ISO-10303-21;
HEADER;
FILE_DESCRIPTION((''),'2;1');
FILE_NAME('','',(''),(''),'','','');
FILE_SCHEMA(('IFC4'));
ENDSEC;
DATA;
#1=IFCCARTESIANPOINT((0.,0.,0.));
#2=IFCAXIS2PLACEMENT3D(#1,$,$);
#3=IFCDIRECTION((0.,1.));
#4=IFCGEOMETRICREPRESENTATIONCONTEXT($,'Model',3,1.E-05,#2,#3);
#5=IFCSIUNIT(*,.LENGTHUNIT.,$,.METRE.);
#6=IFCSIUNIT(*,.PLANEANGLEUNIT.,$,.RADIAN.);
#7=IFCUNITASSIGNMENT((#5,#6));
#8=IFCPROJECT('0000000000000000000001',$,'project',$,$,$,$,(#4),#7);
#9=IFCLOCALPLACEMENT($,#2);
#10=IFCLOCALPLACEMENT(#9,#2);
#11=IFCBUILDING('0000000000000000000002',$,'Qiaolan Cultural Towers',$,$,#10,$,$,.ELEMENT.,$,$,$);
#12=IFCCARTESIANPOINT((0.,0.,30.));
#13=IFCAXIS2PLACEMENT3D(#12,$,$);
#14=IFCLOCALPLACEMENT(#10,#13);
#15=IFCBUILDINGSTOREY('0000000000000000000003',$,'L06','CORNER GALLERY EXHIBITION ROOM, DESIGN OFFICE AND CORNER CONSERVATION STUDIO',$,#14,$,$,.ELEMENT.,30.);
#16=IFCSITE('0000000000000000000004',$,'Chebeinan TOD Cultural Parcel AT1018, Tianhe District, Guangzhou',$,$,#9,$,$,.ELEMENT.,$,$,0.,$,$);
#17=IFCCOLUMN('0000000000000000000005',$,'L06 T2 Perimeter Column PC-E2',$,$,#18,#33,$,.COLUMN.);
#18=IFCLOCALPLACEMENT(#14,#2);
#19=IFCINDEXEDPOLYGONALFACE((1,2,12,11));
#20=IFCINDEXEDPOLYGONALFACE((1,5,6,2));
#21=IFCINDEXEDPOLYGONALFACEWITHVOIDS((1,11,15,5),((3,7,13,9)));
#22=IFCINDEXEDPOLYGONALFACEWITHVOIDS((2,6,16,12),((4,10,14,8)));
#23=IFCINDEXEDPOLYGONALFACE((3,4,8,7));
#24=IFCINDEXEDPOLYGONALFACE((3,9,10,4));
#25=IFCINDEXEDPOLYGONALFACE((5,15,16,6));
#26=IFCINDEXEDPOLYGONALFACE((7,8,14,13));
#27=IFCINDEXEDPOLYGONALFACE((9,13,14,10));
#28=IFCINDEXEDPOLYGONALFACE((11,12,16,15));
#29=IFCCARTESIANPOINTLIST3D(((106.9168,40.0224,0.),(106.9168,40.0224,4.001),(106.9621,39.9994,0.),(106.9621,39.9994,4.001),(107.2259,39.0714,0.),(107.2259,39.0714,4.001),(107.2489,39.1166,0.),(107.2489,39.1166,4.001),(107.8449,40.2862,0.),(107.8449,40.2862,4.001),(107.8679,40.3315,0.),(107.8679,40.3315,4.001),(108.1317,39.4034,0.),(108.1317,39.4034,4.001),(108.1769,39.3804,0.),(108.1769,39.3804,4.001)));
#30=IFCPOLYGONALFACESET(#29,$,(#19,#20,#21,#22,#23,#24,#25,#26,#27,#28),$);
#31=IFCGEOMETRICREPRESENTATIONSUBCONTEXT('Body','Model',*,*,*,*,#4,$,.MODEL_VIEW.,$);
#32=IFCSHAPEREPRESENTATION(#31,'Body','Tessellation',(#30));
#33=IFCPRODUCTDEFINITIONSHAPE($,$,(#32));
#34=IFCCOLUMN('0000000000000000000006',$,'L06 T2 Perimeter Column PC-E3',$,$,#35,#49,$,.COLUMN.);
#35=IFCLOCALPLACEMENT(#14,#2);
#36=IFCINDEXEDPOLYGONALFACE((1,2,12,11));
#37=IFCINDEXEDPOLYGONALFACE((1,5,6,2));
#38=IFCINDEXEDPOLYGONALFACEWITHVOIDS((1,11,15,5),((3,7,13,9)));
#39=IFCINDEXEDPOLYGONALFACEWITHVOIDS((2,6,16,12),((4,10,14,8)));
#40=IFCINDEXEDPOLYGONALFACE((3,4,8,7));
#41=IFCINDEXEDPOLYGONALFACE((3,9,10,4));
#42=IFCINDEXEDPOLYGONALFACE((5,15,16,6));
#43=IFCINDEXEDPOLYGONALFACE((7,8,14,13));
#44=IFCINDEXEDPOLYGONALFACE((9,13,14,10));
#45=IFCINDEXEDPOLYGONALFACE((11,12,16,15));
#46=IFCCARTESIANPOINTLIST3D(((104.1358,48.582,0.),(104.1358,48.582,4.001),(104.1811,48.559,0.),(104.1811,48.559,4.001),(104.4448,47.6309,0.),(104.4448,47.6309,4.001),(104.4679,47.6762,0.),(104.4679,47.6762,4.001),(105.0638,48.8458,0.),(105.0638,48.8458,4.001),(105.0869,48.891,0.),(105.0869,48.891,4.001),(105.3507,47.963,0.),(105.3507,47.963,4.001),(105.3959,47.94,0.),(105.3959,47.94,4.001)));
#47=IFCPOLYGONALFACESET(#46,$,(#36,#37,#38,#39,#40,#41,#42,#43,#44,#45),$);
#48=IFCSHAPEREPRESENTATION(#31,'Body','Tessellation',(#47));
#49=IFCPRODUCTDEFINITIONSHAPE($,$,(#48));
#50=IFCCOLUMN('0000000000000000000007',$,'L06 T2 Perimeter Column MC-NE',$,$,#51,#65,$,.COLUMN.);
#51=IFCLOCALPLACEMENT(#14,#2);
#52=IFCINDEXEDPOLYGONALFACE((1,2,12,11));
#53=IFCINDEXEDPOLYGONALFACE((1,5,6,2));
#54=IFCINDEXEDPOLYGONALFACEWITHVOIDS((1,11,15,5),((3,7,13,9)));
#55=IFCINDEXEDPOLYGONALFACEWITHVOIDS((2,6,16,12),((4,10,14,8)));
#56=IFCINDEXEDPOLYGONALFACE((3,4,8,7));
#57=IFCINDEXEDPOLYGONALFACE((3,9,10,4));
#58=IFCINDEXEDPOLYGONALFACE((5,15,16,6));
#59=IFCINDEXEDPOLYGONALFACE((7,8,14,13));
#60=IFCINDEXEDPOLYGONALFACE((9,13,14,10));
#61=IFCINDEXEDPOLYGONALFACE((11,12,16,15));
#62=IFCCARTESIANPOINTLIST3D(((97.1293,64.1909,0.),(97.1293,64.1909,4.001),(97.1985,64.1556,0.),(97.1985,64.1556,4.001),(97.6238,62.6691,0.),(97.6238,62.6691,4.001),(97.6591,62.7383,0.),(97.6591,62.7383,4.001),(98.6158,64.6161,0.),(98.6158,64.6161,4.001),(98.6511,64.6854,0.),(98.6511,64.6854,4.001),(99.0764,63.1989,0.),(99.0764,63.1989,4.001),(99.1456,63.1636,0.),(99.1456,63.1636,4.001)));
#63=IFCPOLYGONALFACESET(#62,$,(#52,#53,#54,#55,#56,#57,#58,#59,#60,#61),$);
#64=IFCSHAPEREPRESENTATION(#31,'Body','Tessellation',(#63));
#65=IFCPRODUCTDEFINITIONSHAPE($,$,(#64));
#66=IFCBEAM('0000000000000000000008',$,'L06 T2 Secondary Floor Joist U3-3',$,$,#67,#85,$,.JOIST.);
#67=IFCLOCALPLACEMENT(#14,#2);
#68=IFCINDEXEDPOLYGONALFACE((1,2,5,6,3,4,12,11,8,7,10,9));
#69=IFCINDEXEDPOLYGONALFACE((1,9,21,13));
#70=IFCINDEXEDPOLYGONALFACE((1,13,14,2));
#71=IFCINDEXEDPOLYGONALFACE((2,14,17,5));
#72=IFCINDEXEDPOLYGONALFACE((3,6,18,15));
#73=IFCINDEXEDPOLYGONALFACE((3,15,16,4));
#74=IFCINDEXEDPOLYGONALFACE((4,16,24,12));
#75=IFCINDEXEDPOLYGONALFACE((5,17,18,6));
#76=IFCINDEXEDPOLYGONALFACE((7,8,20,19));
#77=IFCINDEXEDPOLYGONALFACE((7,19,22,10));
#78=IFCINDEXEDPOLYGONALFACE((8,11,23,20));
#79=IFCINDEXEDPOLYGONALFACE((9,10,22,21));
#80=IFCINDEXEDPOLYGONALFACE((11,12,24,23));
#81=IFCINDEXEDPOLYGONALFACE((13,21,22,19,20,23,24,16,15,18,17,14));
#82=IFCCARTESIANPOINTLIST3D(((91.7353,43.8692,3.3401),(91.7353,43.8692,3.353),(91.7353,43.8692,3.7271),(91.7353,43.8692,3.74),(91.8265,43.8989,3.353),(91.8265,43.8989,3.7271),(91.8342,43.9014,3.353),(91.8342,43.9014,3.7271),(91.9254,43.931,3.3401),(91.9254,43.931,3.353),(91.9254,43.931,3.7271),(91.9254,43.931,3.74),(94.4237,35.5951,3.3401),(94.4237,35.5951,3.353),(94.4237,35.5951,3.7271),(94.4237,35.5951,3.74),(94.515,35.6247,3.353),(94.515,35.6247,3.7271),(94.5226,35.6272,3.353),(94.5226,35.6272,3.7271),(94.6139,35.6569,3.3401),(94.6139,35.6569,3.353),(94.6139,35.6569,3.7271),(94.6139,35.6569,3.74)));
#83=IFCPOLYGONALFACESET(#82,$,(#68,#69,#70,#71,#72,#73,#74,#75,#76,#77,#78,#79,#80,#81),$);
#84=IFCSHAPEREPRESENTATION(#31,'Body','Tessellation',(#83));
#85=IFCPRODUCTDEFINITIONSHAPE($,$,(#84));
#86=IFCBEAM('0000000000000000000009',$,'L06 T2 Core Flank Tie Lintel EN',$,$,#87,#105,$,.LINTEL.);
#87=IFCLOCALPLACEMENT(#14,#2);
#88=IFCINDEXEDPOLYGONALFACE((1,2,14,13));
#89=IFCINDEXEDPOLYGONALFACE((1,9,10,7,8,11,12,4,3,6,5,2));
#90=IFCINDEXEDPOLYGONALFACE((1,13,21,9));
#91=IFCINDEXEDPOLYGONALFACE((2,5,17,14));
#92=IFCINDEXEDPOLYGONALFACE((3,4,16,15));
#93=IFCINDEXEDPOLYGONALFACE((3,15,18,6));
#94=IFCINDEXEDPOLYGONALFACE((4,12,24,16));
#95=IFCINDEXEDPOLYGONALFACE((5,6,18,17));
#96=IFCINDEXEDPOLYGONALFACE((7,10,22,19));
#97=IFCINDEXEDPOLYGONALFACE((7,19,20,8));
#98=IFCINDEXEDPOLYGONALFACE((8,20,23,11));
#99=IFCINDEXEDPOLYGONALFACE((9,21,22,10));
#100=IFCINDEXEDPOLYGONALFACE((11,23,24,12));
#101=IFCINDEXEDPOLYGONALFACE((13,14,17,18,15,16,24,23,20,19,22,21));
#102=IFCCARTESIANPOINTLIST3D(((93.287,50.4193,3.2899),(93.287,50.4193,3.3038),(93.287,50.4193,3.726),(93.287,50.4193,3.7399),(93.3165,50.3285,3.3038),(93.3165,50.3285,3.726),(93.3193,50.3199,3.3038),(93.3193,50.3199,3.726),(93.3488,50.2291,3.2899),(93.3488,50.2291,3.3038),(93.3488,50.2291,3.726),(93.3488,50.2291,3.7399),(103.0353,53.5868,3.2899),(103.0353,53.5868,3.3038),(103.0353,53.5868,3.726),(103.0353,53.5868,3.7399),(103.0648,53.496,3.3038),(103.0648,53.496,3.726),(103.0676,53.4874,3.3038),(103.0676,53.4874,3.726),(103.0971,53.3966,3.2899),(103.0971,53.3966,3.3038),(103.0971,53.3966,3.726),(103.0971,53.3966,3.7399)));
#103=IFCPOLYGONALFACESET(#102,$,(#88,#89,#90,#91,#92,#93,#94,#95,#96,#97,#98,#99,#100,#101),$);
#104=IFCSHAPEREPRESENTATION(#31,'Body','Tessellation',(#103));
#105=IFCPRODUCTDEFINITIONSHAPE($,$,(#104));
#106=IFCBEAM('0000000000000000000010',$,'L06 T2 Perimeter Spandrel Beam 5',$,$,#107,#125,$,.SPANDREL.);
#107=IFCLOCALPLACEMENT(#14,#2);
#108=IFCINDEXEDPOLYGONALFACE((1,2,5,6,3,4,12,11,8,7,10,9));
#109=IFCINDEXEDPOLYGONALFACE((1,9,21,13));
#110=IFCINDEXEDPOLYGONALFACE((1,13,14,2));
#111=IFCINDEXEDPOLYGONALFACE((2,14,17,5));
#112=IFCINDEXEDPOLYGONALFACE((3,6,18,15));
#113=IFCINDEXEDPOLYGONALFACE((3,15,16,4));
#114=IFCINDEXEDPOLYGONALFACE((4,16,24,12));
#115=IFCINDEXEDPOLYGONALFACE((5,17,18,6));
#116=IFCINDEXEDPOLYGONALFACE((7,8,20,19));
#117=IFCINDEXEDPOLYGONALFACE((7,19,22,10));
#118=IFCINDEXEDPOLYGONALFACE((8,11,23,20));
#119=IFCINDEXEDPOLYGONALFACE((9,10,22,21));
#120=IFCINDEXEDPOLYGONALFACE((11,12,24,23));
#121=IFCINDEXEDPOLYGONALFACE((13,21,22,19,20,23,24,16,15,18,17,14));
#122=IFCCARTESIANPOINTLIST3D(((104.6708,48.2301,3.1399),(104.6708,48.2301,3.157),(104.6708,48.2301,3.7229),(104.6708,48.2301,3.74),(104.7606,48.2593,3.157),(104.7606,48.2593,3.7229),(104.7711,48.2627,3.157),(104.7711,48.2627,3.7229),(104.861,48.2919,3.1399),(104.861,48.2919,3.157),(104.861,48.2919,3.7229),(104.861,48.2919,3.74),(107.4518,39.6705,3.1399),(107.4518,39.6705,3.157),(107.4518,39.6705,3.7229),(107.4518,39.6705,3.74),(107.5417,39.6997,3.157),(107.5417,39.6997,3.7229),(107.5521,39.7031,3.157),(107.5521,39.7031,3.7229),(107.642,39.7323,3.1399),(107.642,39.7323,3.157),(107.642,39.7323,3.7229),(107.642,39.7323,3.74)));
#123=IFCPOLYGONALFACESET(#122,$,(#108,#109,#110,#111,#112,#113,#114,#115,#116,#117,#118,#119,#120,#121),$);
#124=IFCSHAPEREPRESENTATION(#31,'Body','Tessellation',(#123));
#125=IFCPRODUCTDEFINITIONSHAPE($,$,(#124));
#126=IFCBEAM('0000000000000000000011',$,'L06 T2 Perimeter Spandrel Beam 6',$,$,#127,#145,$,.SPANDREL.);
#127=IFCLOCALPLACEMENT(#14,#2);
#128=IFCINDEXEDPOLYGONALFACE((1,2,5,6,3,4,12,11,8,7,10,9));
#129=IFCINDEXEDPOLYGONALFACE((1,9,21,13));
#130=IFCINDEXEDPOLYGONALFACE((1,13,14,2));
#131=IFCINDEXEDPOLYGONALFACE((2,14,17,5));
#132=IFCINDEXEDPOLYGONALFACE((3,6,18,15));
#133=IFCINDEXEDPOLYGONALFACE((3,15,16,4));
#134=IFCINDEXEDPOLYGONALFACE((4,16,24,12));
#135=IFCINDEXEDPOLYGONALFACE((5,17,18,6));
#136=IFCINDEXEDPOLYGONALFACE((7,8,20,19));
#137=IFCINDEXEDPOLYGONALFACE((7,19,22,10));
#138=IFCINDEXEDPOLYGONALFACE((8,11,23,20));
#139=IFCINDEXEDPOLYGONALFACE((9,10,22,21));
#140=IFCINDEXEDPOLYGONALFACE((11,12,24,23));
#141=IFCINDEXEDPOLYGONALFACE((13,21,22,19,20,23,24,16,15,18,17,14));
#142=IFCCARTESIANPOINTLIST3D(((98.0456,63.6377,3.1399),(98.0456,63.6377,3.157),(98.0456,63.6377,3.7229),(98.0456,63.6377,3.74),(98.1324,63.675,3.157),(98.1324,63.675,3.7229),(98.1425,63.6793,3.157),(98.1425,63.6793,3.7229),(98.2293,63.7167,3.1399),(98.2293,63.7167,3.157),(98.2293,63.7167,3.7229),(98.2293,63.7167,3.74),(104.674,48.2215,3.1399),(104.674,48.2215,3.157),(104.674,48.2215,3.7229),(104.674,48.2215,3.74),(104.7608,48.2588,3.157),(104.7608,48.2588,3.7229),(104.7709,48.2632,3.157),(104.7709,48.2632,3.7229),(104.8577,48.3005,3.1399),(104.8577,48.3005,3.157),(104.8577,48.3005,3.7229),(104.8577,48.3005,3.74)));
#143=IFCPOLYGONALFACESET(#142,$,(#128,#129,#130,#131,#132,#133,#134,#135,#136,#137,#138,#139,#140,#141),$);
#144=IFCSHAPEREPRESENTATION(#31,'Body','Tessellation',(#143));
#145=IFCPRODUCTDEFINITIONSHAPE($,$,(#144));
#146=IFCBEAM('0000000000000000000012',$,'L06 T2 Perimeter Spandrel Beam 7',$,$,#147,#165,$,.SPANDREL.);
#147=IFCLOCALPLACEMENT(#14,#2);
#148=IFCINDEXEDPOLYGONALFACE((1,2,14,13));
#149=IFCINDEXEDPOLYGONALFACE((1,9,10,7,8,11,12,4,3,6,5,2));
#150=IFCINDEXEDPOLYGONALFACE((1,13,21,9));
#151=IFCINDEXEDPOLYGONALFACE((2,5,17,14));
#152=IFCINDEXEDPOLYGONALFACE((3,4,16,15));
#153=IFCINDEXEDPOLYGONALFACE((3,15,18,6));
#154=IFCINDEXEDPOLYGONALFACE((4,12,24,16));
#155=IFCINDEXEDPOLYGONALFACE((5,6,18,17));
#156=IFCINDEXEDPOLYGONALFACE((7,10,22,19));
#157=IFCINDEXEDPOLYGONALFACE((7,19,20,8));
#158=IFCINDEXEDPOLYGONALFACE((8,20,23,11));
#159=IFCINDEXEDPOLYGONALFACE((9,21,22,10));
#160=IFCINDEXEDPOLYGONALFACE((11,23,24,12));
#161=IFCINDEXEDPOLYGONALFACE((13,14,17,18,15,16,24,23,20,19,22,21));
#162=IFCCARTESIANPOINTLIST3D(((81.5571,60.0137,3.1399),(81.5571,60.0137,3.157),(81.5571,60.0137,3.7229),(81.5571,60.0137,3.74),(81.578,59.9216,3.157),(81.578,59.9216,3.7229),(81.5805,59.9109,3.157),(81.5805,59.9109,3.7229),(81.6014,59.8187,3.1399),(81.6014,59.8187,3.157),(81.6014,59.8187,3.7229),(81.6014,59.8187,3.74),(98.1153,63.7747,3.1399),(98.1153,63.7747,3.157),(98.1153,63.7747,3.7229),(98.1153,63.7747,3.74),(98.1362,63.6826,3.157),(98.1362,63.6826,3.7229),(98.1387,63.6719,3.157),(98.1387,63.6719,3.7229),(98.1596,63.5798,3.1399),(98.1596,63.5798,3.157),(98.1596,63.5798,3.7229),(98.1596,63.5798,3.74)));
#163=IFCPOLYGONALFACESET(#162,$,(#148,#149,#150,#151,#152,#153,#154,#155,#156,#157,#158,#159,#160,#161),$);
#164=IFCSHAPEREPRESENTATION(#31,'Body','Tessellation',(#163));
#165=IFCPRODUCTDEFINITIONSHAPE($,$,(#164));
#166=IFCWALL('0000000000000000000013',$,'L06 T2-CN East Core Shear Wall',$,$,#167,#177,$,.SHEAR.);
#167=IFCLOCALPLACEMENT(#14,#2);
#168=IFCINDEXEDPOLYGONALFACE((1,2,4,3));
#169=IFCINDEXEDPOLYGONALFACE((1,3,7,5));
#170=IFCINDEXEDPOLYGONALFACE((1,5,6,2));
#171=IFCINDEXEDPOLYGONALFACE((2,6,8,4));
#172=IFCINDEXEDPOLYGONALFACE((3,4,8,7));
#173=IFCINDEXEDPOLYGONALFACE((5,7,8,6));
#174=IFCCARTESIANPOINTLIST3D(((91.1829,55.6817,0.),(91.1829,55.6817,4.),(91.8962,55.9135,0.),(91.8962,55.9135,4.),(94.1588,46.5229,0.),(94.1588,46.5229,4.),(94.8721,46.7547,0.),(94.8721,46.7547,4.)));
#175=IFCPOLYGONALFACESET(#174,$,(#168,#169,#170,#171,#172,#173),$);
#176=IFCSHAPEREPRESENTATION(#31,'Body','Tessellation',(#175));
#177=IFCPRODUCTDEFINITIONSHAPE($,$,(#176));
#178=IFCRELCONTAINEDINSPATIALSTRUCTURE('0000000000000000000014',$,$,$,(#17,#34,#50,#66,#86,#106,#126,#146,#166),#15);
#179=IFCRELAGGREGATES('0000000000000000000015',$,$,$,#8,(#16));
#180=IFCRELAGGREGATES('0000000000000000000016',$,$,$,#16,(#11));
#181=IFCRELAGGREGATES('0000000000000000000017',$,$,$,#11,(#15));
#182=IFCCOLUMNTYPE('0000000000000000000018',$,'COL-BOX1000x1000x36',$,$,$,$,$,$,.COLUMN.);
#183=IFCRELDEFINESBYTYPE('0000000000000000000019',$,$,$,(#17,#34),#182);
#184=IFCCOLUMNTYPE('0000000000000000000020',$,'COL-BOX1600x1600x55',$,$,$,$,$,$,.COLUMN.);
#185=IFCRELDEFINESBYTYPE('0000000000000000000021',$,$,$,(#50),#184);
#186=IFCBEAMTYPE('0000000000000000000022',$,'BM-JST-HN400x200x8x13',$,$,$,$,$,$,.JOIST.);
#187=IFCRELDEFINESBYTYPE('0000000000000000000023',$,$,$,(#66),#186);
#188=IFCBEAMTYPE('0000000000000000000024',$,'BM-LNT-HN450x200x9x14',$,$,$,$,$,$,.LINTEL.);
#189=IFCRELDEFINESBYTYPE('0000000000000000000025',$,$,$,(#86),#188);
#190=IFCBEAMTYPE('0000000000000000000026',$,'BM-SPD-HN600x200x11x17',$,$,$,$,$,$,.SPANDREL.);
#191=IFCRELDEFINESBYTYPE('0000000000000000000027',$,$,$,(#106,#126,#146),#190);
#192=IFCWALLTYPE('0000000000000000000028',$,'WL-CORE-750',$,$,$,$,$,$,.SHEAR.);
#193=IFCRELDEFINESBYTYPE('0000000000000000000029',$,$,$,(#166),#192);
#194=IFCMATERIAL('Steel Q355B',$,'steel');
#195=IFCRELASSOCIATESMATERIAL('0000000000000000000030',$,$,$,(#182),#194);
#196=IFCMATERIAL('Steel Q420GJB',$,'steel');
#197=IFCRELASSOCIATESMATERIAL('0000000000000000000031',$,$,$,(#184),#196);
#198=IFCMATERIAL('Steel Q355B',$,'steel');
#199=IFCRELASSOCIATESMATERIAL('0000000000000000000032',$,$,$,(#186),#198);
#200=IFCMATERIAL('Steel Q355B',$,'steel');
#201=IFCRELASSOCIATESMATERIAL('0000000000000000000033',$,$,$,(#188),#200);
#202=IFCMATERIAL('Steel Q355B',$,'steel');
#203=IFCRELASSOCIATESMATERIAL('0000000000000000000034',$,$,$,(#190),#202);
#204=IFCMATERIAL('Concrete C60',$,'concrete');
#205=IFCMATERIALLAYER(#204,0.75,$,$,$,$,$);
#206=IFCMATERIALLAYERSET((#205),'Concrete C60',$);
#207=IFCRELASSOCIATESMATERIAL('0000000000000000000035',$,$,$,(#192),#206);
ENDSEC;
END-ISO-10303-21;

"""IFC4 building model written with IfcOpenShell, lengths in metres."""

from ifc_helpers import new_model, si_unit, direction, frame, frame_2d, origin, origin_2d, place, context, subcontext, project, spatial, rectangle, hollow_rectangle, i_section, extrude, material, layer, layer_set, material_profile, profile_set, type_object, element, save


model = new_model("IFC4")

# Units and contexts
model_context = context("Model", 3, precision=1e-05, world=origin(), true_north=direction((0.0, 1.0)))
body_context = subcontext(model_context, "Body", "Model", "MODEL_VIEW")
ifc_project = project(units=[si_unit("LENGTHUNIT", "METRE"), si_unit("PLANEANGLEUNIT", "RADIAN")], contexts=[model_context])

# Site, building, storey
site_placement = place(None, origin())
site = spatial("IfcSite", under=ifc_project, at=site_placement, Name="Chebeinan TOD Cultural Parcel AT1018, Tianhe District, Guangzhou", CompositionType="ELEMENT", RefElevation=0.0)
building_placement = place(site_placement, origin())
building = spatial("IfcBuilding", under=site, at=building_placement, Name="Qiaolan Cultural Towers", CompositionType="ELEMENT")
storey_placement = place(building_placement, frame((0.0, 0.0, 30.0)))
storey = spatial("IfcBuildingStorey", under=building, at=storey_placement, Name="L06", Description="CORNER GALLERY EXHIBITION ROOM, DESIGN OFFICE AND CORNER CONSERVATION STUDIO", CompositionType="ELEMENT", Elevation=30.0)

# Columns
ifc_material_1 = material(Name="Steel Q355B", Category="steel")
ifc_material_profile_1 = material_profile(ifc_material_1, hollow_rectangle(XDim=1.0, YDim=1.0, WallThickness=0.0359, at=origin_2d()), Name="BOX1000x1000x36")
ifc_profile_set_1 = profile_set([ifc_material_profile_1], Name="Steel Q355B")
column_type_1 = type_object("IfcColumnType", Name="COL-BOX1000x1000x36", PredefinedType="COLUMN", material=ifc_profile_set_1)
for number, where, z_axis, x_axis, name in (
    (1, (107.5469, 39.7014, 0.0), (0.0, 0.0, 1.0), (0.951057, 0.309017, 0.0), "L06 T2 Perimeter Column PC-E2"),
    (2, (104.7659, 48.261, 0.0), (0.0, 0.0, 1.0), (0.951057, 0.309017, 0.0), "L06 T2 Perimeter Column PC-E3"),
):
    element("IfcColumn", number, at=place(storey_placement, frame(where, z_axis=z_axis, x_axis=x_axis)), inside=storey, type_object=column_type_1, Name=name, PredefinedType="COLUMN", context=body_context, shape_type="SweptSolid", body=[
        extrude(hollow_rectangle(XDim=1.0, YDim=1.0, WallThickness=0.0359, at=origin_2d()), origin(), (0.0, 0.0, 1.0), 4.001),
    ])
ifc_material_2 = material(Name="Steel Q420GJB", Category="steel")
ifc_material_profile_2 = material_profile(ifc_material_2, hollow_rectangle(XDim=1.6001, YDim=1.6001, WallThickness=0.0549, at=origin_2d()), Name="BOX1600x1600x55")
ifc_profile_set_2 = profile_set([ifc_material_profile_2], Name="Steel Q420GJB")
column_type_2 = type_object("IfcColumnType", Name="COL-BOX1600x1600x55", PredefinedType="COLUMN", material=ifc_profile_set_2)
column_placement = place(storey_placement, frame((98.1375, 63.6772, 0.0), z_axis=(0.0, 0.0, 1.0), x_axis=(0.951057, 0.309017, 0.0)))
element("IfcColumn", 3, at=column_placement, inside=storey, type_object=column_type_2, Name="L06 T2 Perimeter Column MC-NE", PredefinedType="COLUMN", context=body_context, shape_type="SweptSolid", body=[
    extrude(hollow_rectangle(XDim=1.6001, YDim=1.6001, WallThickness=0.0549, at=origin_2d()), origin(), (0.0, 0.0, 1.0), 4.001),
])

# Beams
ifc_material_3 = material(Name="Steel Q355B", Category="steel")
ifc_material_profile_3 = material_profile(ifc_material_3, i_section(OverallWidth=0.2, OverallDepth=0.3999, WebThickness=0.0081, FlangeThickness=0.0129, at=origin_2d()), Name="HN400x200x8x13")
ifc_profile_set_3 = profile_set([ifc_material_profile_3], Name="Steel Q355B")
beam_type_1 = type_object("IfcBeamType", Name="BM-JST-HN400x200x8x13", PredefinedType="JOIST", material=ifc_profile_set_3)
beam_1_placement = place(storey_placement, frame((94.5188, 35.626, 3.54), z_axis=(-0.309021, 0.951055, 0.0), x_axis=(-0.951055, -0.309021, 0.0)))
element("IfcBeam", 4, at=beam_1_placement, inside=storey, type_object=beam_type_1, Name="L06 T2 Secondary Floor Joist U3-3", PredefinedType="JOIST", context=body_context, shape_type="SweptSolid", body=[
    extrude(i_section(OverallWidth=0.2, OverallDepth=0.3999, WebThickness=0.0081, FlangeThickness=0.0129, at=origin_2d()), origin(), (0.0, 0.0, 1.0), 8.7),
])
ifc_material_4 = material(Name="Steel Q355B", Category="steel")
ifc_material_profile_4 = material_profile(ifc_material_4, i_section(OverallWidth=0.2, OverallDepth=0.45, WebThickness=0.009, FlangeThickness=0.0139, at=origin_2d()), Name="HN450x200x9x14")
ifc_profile_set_4 = profile_set([ifc_material_profile_4], Name="Steel Q355B")
beam_type_2 = type_object("IfcBeamType", Name="BM-LNT-HN450x200x9x14", PredefinedType="LINTEL", material=ifc_profile_set_4)
beam_2_placement = place(storey_placement, frame((93.3179, 50.3242, 3.5149), z_axis=(0.951055, 0.309023, 0.0), x_axis=(-0.309023, 0.951055, 0.0)))
element("IfcBeam", 5, at=beam_2_placement, inside=storey, type_object=beam_type_2, Name="L06 T2 Core Flank Tie Lintel EN", PredefinedType="LINTEL", context=body_context, shape_type="SweptSolid", body=[
    extrude(i_section(OverallWidth=0.2, OverallDepth=0.45, WebThickness=0.009, FlangeThickness=0.0139, at=origin_2d()), origin(), (0.0, 0.0, 1.0), 10.25),
])
ifc_material_5 = material(Name="Steel Q355B", Category="steel")
ifc_material_profile_5 = material_profile(ifc_material_5, i_section(OverallWidth=0.2, OverallDepth=0.6001, WebThickness=0.011, FlangeThickness=0.0171, at=origin_2d()), Name="HN600x200x11x17")
ifc_profile_set_5 = profile_set([ifc_material_profile_5], Name="Steel Q355B")
beam_type_3 = type_object("IfcBeamType", Name="BM-SPD-HN600x200x11x17", PredefinedType="SPANDREL", material=ifc_profile_set_5)
beam_3_placement = place(storey_placement, frame((107.5469, 39.7014, 3.4399), z_axis=(-0.309, 0.951062, 0.0), x_axis=(-0.951062, -0.309, 0.0)))
element("IfcBeam", 6, at=beam_3_placement, inside=storey, type_object=beam_type_3, Name="L06 T2 Perimeter Spandrel Beam 5", PredefinedType="SPANDREL", context=body_context, shape_type="SweptSolid", body=[
    extrude(i_section(OverallWidth=0.2, OverallDepth=0.6001, WebThickness=0.011, FlangeThickness=0.0171, at=origin_2d()), origin(), (0.0, 0.0, 1.0), 9.0),
])
beam_4_placement = place(storey_placement, frame((104.7659, 48.261, 3.4399), z_axis=(-0.394999, 0.918682, 0.0), x_axis=(-0.918682, -0.394999, 0.0)))
element("IfcBeam", 7, at=beam_4_placement, inside=storey, type_object=beam_type_3, Name="L06 T2 Perimeter Spandrel Beam 6", PredefinedType="SPANDREL", context=body_context, shape_type="SweptSolid", body=[
    extrude(i_section(OverallWidth=0.2, OverallDepth=0.6001, WebThickness=0.011, FlangeThickness=0.0171, at=origin_2d()), origin(), (0.0, 0.0, 1.0), 16.7808),
])
beam_5_placement = place(storey_placement, frame((98.1375, 63.6772, 3.4399), z_axis=(-0.975161, -0.221497, 0.0), x_axis=(0.221497, -0.975161, 0.0)))
element("IfcBeam", 8, at=beam_5_placement, inside=storey, type_object=beam_type_3, Name="L06 T2 Perimeter Spandrel Beam 7", PredefinedType="SPANDREL", context=body_context, shape_type="SweptSolid", body=[
    extrude(i_section(OverallWidth=0.2, OverallDepth=0.6001, WebThickness=0.011, FlangeThickness=0.0171, at=origin_2d()), origin(), (0.0, 0.0, 1.0), 16.98),
])

# Wall
ifc_material_6 = material(Name="Concrete C60", Category="concrete")
ifc_layer_1 = layer(ifc_material_6, 0.75)
ifc_layer_set_1 = layer_set([ifc_layer_1], Name="Concrete C60")
wall_type_1 = type_object("IfcWallType", Name="WL-CORE-750", PredefinedType="SHEAR", material=ifc_layer_set_1)
wall_1_placement = place(storey_placement, frame((94.5154, 46.6389, 0.0), z_axis=(0.0, 0.0, 1.0), x_axis=(-0.309016, 0.951057, 0.0)))
element("IfcWall", 9, at=wall_1_placement, inside=storey, type_object=wall_type_1, Name="L06 T2-CN East Core Shear Wall", PredefinedType="SHEAR", context=body_context, shape_type="SweptSolid", body=[
    extrude(rectangle(XDim=9.6301, YDim=0.75, at=frame_2d((4.8149, 0.0))), origin(), (0.0, 0.0, 1.0), 4.0),
])

save(model, "model.ifc")
